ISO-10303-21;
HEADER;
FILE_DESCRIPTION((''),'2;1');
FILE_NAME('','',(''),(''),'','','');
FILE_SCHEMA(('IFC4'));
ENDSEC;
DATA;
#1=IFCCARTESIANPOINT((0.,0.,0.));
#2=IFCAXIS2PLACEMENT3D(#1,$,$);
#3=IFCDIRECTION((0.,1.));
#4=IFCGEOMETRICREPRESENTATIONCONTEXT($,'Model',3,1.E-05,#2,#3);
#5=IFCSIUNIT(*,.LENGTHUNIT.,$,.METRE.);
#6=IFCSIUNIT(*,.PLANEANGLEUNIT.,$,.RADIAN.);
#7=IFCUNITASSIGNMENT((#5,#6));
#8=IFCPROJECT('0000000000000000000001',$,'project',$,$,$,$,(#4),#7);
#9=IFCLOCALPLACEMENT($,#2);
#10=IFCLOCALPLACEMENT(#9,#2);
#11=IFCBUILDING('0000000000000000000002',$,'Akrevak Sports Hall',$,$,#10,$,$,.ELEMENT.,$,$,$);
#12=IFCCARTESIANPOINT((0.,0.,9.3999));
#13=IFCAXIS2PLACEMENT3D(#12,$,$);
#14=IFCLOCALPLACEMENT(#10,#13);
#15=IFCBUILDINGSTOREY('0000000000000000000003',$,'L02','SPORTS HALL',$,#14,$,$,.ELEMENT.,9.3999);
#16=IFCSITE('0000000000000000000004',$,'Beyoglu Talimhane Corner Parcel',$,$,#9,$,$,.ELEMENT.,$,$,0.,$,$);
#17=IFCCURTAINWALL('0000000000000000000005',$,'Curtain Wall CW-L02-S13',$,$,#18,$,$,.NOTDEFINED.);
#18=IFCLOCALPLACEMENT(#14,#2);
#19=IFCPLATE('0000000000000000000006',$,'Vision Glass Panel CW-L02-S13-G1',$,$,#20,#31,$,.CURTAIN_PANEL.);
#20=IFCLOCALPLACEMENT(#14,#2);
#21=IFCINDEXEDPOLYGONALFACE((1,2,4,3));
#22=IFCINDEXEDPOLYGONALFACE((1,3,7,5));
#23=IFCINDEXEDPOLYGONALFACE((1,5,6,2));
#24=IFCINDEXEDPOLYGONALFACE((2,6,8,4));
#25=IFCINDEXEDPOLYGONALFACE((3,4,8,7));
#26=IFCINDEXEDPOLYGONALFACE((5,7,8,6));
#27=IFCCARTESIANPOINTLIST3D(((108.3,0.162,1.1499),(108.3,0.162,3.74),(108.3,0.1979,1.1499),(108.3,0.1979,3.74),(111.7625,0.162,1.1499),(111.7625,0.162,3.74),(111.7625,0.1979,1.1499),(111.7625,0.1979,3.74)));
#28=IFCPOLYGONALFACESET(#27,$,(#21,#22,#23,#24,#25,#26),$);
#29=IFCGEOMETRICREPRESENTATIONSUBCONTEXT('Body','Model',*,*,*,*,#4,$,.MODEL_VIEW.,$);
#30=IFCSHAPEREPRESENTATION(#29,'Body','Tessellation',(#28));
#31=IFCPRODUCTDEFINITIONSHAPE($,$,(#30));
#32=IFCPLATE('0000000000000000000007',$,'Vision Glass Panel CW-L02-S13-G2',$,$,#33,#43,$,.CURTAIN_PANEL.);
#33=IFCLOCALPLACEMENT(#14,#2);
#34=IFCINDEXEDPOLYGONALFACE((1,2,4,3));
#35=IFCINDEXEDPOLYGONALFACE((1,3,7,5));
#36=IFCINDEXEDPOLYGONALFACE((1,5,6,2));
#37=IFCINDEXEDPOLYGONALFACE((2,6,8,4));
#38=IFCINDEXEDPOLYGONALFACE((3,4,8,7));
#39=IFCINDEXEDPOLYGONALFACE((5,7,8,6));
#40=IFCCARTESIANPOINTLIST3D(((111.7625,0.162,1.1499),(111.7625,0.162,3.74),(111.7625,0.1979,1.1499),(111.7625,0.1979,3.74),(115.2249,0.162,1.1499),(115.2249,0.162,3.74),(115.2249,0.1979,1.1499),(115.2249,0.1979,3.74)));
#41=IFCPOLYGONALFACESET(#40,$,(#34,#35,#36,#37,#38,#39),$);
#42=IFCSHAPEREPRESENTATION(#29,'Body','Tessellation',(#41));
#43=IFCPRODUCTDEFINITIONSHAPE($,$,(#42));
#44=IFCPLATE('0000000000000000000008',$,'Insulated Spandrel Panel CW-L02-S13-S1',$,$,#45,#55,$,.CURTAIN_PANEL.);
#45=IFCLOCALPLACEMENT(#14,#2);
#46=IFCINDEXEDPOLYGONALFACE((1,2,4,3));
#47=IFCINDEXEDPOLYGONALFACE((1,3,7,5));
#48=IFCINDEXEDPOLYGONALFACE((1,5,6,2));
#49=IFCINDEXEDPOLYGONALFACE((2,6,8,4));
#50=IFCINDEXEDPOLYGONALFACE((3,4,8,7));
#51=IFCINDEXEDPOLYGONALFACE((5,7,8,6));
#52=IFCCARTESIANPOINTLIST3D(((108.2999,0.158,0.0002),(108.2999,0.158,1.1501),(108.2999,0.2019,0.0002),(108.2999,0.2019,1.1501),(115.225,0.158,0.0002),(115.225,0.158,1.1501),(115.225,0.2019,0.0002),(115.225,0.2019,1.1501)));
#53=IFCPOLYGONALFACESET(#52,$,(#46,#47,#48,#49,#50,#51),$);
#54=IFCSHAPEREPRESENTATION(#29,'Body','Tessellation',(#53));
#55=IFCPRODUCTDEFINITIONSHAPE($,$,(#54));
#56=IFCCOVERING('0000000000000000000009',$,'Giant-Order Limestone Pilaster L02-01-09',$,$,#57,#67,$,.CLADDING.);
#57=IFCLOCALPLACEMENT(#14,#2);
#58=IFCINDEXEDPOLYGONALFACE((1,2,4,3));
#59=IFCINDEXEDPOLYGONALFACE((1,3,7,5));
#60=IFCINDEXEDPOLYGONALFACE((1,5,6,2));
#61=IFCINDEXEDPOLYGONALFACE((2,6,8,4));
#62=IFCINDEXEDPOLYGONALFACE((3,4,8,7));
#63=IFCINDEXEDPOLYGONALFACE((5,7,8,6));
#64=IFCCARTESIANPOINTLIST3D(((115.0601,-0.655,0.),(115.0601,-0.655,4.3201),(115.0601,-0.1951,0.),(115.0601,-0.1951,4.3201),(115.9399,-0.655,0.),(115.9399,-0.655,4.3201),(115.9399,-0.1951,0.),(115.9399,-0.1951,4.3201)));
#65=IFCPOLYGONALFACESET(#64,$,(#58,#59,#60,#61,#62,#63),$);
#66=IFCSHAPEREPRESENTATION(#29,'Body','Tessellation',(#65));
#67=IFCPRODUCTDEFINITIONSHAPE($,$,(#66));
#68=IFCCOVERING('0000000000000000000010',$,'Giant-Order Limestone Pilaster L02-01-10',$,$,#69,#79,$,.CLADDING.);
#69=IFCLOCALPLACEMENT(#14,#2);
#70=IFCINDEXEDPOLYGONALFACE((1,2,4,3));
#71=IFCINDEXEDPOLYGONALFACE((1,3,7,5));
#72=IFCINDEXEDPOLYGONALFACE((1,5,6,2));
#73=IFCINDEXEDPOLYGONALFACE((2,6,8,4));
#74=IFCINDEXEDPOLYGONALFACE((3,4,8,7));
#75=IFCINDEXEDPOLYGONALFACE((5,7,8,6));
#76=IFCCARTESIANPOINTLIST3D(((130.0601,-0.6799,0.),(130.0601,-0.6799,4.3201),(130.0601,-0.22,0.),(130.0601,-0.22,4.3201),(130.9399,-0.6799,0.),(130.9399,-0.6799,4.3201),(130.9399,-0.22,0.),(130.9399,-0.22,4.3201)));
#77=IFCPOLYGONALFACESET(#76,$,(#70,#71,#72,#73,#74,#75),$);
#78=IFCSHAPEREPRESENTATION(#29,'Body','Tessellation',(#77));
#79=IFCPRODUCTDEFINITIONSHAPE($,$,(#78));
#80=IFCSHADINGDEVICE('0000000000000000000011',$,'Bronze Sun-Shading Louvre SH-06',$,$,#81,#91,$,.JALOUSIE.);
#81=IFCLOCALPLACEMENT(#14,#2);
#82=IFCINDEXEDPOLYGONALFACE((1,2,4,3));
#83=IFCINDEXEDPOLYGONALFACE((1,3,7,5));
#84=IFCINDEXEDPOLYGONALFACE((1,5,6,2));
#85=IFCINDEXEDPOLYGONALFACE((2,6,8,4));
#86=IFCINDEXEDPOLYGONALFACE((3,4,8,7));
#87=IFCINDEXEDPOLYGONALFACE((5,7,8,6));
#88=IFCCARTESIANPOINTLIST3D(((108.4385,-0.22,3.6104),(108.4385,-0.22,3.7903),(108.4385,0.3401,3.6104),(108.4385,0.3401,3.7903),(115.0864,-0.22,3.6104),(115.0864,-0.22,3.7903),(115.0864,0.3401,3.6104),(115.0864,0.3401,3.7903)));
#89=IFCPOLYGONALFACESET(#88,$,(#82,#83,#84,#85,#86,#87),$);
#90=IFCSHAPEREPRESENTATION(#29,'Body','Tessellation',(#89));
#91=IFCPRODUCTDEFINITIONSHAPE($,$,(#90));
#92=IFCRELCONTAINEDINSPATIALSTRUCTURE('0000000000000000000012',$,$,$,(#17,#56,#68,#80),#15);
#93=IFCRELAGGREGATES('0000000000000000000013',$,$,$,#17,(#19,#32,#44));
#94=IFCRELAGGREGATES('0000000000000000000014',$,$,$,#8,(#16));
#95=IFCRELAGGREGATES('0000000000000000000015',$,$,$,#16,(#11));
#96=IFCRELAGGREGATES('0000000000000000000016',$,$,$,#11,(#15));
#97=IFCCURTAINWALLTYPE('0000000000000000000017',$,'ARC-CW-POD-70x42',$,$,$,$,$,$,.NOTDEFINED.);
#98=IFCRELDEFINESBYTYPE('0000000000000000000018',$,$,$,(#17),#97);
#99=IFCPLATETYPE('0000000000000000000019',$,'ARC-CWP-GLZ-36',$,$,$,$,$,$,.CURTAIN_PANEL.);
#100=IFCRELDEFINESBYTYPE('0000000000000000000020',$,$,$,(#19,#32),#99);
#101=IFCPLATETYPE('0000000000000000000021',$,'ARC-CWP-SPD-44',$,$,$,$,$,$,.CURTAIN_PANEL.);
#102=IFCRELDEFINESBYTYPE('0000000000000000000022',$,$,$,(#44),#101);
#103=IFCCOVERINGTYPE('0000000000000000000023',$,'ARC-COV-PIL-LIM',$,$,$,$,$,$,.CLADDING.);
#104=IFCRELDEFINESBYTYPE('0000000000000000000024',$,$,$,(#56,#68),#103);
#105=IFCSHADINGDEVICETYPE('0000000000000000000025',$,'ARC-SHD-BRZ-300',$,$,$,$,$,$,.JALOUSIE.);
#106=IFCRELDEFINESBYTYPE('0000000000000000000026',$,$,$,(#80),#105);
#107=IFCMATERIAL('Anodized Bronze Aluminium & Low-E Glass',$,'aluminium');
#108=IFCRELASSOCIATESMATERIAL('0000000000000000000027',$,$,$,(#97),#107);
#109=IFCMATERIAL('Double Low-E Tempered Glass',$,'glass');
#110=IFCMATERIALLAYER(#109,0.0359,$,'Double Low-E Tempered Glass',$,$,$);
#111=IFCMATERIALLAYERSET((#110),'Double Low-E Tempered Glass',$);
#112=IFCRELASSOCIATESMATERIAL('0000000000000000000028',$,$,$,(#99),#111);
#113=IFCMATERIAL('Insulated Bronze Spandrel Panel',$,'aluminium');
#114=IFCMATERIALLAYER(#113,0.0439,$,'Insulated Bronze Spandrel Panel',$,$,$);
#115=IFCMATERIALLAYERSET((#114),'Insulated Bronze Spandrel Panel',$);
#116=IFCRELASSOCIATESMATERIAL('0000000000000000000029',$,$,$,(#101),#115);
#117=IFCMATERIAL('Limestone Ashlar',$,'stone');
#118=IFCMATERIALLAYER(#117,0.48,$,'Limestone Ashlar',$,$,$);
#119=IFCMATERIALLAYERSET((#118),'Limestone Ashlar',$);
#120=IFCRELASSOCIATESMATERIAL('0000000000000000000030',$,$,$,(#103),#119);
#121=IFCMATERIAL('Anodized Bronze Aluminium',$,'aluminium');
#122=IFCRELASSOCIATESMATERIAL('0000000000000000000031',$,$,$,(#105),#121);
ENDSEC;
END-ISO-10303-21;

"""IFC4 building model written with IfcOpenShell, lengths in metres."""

from ifc_helpers import new_model, si_unit, direction, frame, origin, origin_2d, place, context, subcontext, project, spatial, rectangle, extrude, material, layer, layer_set, type_object, element, aggregate, save


model = new_model("IFC4")

# Units and contexts
model_context = context("Model", 3, precision=1e-05, world=origin(), true_north=direction((0.0, 1.0)))
body_context = subcontext(model_context, "Body", "Model", "MODEL_VIEW")
ifc_project = project(units=[si_unit("LENGTHUNIT", "METRE"), si_unit("PLANEANGLEUNIT", "RADIAN")], contexts=[model_context])

# Site, building, storey
site_placement = place(None, origin())
site = spatial("IfcSite", under=ifc_project, at=site_placement, Name="Beyoglu Talimhane Corner Parcel", CompositionType="ELEMENT", RefElevation=0.0)
building_placement = place(site_placement, origin())
building = spatial("IfcBuilding", under=site, at=building_placement, Name="Akrevak Sports Hall", CompositionType="ELEMENT")
storey_placement = place(building_placement, frame((0.0, 0.0, 9.3999)))
storey = spatial("IfcBuildingStorey", under=building, at=storey_placement, Name="L02", Description="SPORTS HALL", CompositionType="ELEMENT", Elevation=9.3999)

# Curtain wall
ifc_material_1 = material(Name="Anodized Bronze Aluminium & Low-E Glass", Category="aluminium")
curtain_wall_type = type_object("IfcCurtainWallType", Name="ARC-CW-POD-70x42", PredefinedType="NOTDEFINED", material=ifc_material_1)
curtain_wall_placement = place(storey_placement, origin())
curtain_wall = element("IfcCurtainWall", 1, at=curtain_wall_placement, inside=storey, type_object=curtain_wall_type, Name="Curtain Wall CW-L02-S13", PredefinedType="NOTDEFINED")
ifc_material_2 = material(Name="Anodized Bronze Aluminium", Category="aluminium")

# Plates
ifc_material_3 = material(Name="Double Low-E Tempered Glass", Category="glass")
ifc_layer_1 = layer(ifc_material_3, 0.0359, Name="Double Low-E Tempered Glass")
ifc_layer_set_1 = layer_set([ifc_layer_1], Name="Double Low-E Tempered Glass")
plate_type_1 = type_object("IfcPlateType", Name="ARC-CWP-GLZ-36", PredefinedType="CURTAIN_PANEL", material=ifc_layer_set_1)
plate_1_placement = place(storey_placement, frame((110.0312, 0.1799, 1.1499), z_axis=(0.0, 0.0, 1.0), x_axis=(1.0, 0.0, 0.0)))
plate_1 = element("IfcPlate", 2, at=plate_1_placement, type_object=plate_type_1, Name="Vision Glass Panel CW-L02-S13-G1", PredefinedType="CURTAIN_PANEL", context=body_context, shape_type="SweptSolid", body=[
    extrude(rectangle(XDim=3.4624, YDim=0.0359, at=origin_2d()), origin(), (0.0, 0.0, 1.0), 2.5901),
])
plate_2_placement = place(storey_placement, frame((113.4937, 0.1799, 1.1499), z_axis=(0.0, 0.0, 1.0), x_axis=(1.0, 0.0, 0.0)))
plate_2 = element("IfcPlate", 3, at=plate_2_placement, type_object=plate_type_1, Name="Vision Glass Panel CW-L02-S13-G2", PredefinedType="CURTAIN_PANEL", context=body_context, shape_type="SweptSolid", body=[
    extrude(rectangle(XDim=3.4624, YDim=0.0359, at=origin_2d()), origin(), (0.0, 0.0, 1.0), 2.5901),
])
ifc_material_4 = material(Name="Insulated Bronze Spandrel Panel", Category="aluminium")
ifc_layer_2 = layer(ifc_material_4, 0.0439, Name="Insulated Bronze Spandrel Panel")
ifc_layer_set_2 = layer_set([ifc_layer_2], Name="Insulated Bronze Spandrel Panel")
plate_type_2 = type_object("IfcPlateType", Name="ARC-CWP-SPD-44", PredefinedType="CURTAIN_PANEL", material=ifc_layer_set_2)
plate_3_placement = place(storey_placement, frame((111.7625, 0.1799, 0.0002), z_axis=(0.0, 0.0, 1.0), x_axis=(1.0, 0.0, 0.0)))
plate_3 = element("IfcPlate", 4, at=plate_3_placement, type_object=plate_type_2, Name="Insulated Spandrel Panel CW-L02-S13-S1", PredefinedType="CURTAIN_PANEL", context=body_context, shape_type="SweptSolid", body=[
    extrude(rectangle(XDim=6.925, YDim=0.0439, at=origin_2d()), origin(), (0.0, 0.0, 1.0), 1.1499),
])
aggregate(curtain_wall, [plate_1, plate_2, plate_3])

# Coverings
ifc_material_5 = material(Name="Limestone Ashlar", Category="stone")
ifc_layer_3 = layer(ifc_material_5, 0.48, Name="Limestone Ashlar")
ifc_layer_set_3 = layer_set([ifc_layer_3], Name="Limestone Ashlar")
covering_type = type_object("IfcCoveringType", Name="ARC-COV-PIL-LIM", PredefinedType="CLADDING", material=ifc_layer_set_3)
for number, where, z_axis, x_axis, name in (
    (5, (115.5, -0.425, 0.0), (0.0, 0.0, 1.0), (1.0, 0.0, 0.0), "Giant-Order Limestone Pilaster L02-01-09"),
    (6, (130.5, -0.45, 0.0), (0.0, 0.0, 1.0), (1.0, 0.0, 0.0), "Giant-Order Limestone Pilaster L02-01-10"),
):
    element("IfcCovering", number, at=place(storey_placement, frame(where, z_axis=z_axis, x_axis=x_axis)), inside=storey, type_object=covering_type, Name=name, PredefinedType="CLADDING", context=body_context, shape_type="SweptSolid", body=[
        extrude(rectangle(XDim=0.8799, YDim=0.46, at=origin_2d()), origin(), (0.0, 0.0, 1.0), 4.3201),
    ])

# Shading device
shading_device_type = type_object("IfcShadingDeviceType", Name="ARC-SHD-BRZ-300", PredefinedType="JALOUSIE", material=ifc_material_2)
shading_device_placement = place(storey_placement, frame((111.7625, 0.0601, 3.6104), z_axis=(0.0, 0.0, 1.0), x_axis=(1.0, 0.0, 0.0)))
element("IfcShadingDevice", 7, at=shading_device_placement, inside=storey, type_object=shading_device_type, Name="Bronze Sun-Shading Louvre SH-06", PredefinedType="JALOUSIE", context=body_context, shape_type="SweptSolid", body=[
    extrude(rectangle(XDim=6.6479, YDim=0.5601, at=origin_2d()), origin(), (0.0, 0.0, 1.0), 0.1799),
])

save(model, "model.ifc")
